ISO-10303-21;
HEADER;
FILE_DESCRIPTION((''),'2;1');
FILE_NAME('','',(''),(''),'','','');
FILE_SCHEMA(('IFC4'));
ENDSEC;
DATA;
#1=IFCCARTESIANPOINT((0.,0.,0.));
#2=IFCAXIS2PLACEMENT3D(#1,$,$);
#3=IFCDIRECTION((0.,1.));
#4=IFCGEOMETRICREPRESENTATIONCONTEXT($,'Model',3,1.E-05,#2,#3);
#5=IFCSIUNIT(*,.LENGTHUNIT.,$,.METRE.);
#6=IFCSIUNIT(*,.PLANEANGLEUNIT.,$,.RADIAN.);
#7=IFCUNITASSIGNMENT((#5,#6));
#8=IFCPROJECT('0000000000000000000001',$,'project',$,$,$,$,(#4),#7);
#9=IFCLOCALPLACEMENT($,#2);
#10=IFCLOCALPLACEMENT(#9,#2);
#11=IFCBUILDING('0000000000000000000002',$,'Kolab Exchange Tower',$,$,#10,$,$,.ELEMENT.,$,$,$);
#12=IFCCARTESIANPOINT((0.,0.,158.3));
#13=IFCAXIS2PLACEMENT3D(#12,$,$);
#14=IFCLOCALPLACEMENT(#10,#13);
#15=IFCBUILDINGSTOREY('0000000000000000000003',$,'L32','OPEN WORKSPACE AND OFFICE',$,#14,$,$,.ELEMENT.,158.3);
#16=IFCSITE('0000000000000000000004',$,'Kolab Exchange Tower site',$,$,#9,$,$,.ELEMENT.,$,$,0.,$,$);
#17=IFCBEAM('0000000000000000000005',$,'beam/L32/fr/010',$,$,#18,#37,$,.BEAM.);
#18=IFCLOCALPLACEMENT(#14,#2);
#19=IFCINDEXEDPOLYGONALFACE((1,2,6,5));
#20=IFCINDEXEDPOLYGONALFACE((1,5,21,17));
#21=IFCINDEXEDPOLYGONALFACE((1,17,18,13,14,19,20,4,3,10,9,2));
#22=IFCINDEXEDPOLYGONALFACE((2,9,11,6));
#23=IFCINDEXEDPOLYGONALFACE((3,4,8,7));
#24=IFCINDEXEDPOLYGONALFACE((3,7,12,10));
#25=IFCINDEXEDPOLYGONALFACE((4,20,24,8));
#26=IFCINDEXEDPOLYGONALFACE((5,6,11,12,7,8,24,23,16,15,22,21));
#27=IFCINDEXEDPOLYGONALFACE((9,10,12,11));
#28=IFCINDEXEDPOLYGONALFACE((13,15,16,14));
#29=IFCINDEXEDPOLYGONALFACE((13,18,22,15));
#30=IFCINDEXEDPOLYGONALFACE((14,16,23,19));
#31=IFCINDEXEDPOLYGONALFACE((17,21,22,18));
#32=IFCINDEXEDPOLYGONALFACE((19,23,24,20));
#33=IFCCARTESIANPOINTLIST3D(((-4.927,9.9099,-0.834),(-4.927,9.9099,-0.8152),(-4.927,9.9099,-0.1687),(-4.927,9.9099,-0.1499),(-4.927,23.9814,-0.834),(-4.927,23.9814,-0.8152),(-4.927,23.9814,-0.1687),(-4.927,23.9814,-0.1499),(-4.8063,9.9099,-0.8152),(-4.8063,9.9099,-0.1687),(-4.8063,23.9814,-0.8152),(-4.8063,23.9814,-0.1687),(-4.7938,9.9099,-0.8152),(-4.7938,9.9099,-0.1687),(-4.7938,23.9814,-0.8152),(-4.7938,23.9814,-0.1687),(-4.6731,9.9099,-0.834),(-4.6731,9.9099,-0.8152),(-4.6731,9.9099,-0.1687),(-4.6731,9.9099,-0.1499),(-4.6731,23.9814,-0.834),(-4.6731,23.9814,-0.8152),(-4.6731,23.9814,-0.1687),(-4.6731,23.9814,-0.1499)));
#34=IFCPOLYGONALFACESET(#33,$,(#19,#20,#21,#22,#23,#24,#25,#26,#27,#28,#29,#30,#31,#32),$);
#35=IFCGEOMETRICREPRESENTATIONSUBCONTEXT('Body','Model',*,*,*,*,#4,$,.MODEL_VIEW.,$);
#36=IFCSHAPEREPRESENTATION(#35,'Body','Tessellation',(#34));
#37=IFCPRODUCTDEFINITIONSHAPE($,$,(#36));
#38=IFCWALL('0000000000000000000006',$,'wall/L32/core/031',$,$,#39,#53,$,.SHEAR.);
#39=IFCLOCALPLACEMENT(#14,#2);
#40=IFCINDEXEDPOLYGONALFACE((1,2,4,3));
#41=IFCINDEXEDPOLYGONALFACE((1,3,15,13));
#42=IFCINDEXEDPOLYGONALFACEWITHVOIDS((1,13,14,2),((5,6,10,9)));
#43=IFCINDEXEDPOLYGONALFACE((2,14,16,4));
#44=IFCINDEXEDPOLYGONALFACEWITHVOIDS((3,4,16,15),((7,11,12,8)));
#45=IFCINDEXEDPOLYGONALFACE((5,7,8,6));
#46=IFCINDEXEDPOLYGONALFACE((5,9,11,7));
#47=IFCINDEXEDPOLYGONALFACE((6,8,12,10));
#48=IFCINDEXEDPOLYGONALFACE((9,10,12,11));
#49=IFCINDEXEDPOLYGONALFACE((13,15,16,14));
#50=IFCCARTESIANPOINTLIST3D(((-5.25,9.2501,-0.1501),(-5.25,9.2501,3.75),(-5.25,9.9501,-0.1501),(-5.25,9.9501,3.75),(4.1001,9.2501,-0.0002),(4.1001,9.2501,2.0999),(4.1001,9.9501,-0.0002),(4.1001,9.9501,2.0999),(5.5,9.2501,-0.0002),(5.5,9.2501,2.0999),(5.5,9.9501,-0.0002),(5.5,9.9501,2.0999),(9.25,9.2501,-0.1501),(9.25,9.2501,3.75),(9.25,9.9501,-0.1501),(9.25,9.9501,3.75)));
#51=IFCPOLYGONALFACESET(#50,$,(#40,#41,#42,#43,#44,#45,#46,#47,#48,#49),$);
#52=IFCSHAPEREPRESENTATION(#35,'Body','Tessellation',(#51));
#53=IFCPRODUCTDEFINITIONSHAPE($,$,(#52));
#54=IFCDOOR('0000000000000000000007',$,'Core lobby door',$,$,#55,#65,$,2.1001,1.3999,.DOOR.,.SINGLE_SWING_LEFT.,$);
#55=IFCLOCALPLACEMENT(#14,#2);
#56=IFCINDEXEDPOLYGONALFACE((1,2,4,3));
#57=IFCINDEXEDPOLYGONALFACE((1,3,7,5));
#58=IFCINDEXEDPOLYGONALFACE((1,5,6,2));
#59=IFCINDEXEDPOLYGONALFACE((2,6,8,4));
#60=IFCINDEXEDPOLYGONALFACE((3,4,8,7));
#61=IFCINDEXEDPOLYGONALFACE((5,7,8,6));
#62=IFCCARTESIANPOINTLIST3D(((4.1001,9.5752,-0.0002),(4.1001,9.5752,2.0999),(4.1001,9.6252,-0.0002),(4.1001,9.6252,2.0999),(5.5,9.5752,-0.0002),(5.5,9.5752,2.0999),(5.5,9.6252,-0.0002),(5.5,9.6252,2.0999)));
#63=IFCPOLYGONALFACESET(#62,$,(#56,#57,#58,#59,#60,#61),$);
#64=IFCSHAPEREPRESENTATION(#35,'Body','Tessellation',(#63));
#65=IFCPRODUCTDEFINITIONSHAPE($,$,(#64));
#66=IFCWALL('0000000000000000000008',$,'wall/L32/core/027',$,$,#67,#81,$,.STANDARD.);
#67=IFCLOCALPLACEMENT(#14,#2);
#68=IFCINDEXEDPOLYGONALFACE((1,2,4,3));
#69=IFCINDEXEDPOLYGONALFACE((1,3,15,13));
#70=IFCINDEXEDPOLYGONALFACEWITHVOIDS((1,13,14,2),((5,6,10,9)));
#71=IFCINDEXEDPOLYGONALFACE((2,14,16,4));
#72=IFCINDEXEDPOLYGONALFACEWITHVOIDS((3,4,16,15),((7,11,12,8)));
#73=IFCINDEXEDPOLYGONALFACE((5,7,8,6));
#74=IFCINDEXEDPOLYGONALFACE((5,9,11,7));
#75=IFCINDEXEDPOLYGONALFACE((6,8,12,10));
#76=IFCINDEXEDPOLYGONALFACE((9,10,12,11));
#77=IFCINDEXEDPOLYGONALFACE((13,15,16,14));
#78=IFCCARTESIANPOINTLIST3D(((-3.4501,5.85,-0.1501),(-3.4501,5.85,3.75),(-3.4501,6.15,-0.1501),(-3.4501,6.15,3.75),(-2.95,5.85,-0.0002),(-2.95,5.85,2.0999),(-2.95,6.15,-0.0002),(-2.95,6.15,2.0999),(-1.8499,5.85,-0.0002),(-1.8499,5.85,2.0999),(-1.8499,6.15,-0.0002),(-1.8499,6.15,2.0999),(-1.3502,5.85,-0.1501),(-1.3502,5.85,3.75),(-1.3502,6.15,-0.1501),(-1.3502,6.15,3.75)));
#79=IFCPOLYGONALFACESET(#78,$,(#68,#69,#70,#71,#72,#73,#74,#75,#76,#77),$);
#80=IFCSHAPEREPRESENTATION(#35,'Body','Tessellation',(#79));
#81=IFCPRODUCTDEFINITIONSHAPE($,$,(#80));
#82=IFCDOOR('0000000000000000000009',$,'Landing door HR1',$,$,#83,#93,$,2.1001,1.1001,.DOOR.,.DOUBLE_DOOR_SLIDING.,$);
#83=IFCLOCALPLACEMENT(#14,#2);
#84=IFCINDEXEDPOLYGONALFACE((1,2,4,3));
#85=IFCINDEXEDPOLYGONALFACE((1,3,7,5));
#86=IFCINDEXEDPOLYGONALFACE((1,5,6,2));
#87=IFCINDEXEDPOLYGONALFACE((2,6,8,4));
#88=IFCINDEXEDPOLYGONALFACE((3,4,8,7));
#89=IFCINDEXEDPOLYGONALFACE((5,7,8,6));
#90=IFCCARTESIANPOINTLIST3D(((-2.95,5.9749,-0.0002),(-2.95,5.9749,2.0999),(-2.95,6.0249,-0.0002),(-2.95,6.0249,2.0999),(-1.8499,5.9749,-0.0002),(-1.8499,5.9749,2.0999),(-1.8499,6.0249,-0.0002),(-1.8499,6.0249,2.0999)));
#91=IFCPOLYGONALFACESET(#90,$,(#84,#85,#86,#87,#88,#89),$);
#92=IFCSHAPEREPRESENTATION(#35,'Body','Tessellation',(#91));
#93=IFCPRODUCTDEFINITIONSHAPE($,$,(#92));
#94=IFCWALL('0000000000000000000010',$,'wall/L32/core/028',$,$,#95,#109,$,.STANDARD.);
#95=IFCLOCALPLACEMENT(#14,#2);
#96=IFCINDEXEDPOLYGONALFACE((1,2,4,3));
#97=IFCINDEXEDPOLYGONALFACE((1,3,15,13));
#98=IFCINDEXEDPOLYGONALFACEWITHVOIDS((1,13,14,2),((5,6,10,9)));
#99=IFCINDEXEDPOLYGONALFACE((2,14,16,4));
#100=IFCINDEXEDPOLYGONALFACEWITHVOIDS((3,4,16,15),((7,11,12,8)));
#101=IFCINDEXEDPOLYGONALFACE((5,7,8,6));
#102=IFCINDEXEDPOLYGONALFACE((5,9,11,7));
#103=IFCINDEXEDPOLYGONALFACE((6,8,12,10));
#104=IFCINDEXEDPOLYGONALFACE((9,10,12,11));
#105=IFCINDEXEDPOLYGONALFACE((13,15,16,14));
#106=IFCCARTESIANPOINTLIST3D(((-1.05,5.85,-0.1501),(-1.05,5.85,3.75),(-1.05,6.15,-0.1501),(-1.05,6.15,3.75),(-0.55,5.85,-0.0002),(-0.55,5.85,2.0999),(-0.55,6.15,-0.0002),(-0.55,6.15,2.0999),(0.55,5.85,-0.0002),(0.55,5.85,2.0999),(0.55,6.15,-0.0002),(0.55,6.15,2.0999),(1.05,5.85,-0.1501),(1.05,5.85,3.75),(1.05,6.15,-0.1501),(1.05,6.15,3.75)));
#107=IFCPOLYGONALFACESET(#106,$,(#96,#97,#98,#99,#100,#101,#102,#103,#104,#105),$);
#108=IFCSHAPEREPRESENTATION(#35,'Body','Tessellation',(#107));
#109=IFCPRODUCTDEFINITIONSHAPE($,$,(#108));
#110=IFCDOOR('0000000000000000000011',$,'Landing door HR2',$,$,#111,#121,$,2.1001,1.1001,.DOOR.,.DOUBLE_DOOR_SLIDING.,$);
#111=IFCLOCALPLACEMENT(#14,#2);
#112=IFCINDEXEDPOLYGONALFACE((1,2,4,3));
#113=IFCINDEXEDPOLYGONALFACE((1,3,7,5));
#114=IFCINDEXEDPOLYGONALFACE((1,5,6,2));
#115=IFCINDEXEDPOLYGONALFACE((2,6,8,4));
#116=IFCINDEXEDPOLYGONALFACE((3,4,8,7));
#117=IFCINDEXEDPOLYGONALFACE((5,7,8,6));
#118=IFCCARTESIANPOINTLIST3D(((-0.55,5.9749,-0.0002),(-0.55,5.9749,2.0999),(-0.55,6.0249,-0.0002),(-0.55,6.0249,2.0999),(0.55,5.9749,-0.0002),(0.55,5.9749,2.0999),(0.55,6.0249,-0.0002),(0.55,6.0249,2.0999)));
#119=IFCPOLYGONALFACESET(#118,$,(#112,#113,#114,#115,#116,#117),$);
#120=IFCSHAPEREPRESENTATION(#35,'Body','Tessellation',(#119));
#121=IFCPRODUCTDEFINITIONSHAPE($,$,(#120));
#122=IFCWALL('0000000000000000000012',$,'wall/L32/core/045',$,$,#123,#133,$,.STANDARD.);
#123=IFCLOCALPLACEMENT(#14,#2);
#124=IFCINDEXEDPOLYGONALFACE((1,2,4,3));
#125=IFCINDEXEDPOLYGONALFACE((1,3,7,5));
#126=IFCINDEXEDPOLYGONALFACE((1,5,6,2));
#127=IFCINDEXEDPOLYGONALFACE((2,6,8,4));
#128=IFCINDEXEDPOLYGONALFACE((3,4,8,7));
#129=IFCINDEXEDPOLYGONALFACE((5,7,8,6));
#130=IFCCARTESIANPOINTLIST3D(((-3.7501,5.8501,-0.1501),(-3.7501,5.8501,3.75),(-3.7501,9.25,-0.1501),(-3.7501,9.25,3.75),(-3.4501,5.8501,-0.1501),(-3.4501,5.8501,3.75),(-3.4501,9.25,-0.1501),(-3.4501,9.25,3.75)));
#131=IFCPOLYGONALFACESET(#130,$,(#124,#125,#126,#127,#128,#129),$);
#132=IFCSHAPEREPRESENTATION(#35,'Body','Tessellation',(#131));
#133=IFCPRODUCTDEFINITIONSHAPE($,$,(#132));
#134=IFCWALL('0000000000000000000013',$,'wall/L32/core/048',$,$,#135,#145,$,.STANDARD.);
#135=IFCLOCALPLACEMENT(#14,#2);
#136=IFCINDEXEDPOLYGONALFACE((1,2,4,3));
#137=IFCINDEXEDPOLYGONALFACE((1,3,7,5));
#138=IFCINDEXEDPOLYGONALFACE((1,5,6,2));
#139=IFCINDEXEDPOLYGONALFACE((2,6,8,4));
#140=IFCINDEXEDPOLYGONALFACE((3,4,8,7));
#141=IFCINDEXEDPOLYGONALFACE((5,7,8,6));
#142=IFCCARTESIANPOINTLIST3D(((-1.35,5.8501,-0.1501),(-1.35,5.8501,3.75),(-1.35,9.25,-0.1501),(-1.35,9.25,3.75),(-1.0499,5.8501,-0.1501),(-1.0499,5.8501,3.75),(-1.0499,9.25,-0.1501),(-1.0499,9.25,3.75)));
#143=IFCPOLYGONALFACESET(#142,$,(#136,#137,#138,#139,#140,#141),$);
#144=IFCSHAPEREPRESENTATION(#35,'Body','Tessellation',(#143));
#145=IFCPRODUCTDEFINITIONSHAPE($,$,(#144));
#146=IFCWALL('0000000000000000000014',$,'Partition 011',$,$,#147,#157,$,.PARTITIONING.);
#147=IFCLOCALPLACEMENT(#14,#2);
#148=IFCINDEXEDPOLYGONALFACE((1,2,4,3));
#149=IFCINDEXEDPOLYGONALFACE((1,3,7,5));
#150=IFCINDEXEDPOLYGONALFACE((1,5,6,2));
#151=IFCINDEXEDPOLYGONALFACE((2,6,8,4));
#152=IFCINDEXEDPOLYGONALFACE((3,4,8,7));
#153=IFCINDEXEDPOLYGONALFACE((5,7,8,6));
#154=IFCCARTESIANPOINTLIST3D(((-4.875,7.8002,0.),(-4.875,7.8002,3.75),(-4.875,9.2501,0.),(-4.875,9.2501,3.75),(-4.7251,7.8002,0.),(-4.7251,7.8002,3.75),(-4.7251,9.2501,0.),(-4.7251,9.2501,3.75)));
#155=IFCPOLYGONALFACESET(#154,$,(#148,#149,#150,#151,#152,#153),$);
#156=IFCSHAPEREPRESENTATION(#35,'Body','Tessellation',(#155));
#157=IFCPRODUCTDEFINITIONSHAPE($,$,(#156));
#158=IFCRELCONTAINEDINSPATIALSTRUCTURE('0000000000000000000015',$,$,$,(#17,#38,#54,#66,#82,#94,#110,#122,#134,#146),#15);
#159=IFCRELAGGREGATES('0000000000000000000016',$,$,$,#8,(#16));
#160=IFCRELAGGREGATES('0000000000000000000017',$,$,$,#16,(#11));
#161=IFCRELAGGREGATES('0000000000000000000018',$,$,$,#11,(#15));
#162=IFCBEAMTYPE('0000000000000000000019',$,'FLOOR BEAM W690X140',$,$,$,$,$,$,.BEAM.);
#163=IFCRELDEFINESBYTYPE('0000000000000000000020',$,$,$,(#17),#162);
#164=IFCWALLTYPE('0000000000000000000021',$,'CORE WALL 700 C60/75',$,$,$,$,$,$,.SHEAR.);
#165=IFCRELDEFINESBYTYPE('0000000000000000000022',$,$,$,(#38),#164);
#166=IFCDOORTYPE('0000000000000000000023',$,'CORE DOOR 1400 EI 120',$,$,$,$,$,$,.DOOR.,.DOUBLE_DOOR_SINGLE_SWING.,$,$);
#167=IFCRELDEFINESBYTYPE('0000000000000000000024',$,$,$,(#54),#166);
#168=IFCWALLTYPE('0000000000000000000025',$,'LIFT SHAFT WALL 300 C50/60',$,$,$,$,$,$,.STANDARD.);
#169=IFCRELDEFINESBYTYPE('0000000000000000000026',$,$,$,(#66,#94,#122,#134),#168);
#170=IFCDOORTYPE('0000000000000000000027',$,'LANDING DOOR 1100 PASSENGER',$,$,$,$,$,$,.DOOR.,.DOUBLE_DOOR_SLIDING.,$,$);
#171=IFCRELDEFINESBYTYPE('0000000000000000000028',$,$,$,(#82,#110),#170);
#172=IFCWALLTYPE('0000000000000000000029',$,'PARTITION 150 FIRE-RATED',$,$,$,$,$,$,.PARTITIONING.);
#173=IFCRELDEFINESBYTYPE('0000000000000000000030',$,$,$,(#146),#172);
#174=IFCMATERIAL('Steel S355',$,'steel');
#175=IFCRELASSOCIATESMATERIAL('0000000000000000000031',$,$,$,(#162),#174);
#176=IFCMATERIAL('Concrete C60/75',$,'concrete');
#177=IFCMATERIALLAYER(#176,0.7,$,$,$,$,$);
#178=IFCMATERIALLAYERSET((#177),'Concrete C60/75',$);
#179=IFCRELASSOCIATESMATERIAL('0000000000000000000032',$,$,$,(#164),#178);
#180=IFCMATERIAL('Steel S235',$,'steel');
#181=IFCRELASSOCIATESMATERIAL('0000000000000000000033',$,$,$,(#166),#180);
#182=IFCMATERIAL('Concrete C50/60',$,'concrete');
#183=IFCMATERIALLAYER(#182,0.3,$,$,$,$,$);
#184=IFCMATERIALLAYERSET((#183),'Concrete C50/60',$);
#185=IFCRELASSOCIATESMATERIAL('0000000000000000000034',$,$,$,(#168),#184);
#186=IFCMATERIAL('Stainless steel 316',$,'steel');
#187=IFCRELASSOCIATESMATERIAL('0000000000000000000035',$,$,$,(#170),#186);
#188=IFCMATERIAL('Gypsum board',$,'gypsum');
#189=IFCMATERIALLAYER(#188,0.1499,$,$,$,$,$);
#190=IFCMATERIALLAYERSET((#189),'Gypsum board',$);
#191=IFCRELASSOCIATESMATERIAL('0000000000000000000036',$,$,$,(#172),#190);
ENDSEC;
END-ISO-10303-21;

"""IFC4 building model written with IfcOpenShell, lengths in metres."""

from ifc_helpers import new_model, si_unit, direction, frame, frame_2d, origin, origin_2d, place, context, subcontext, project, spatial, rectangle, i_section, extrude, material, layer, layer_set, material_profile, profile_set, type_object, element, fill, save


model = new_model("IFC4")

# Units and contexts
model_context = context("Model", 3, precision=1e-05, world=origin(), true_north=direction((0.0, 1.0)))
body_context = subcontext(model_context, "Body", "Model", "MODEL_VIEW")
ifc_project = project(units=[si_unit("LENGTHUNIT", "METRE"), si_unit("PLANEANGLEUNIT", "RADIAN")], contexts=[model_context])

# Site, building, storey
site_placement = place(None, origin())
site = spatial("IfcSite", under=ifc_project, at=site_placement, Name="Kolab Exchange Tower site", CompositionType="ELEMENT", RefElevation=0.0)
building_placement = place(site_placement, origin())
building = spatial("IfcBuilding", under=site, at=building_placement, Name="Kolab Exchange Tower", CompositionType="ELEMENT")
storey_placement = place(building_placement, frame((0.0, 0.0, 158.3)))
storey = spatial("IfcBuildingStorey", under=building, at=storey_placement, Name="L32", Description="OPEN WORKSPACE AND OFFICE", CompositionType="ELEMENT", Elevation=158.3)

# Beam
ifc_material_1 = material(Name="Steel S355", Category="steel")
ifc_material_profile = material_profile(ifc_material_1, i_section(OverallWidth=0.2539, OverallDepth=0.6841, WebThickness=0.0125, FlangeThickness=0.0188, at=origin_2d()), Name="W690X140")
ifc_profile_set = profile_set([ifc_material_profile], Name="Steel S355")
beam_type = type_object("IfcBeamType", Name="FLOOR BEAM W690X140", PredefinedType="BEAM", material=ifc_profile_set)
beam_placement = place(storey_placement, frame((-4.8, 9.9099, -0.4919), z_axis=(0.0, 1.0, 0.0), x_axis=(-1.0, 0.0, 0.0)))
element("IfcBeam", 1, at=beam_placement, inside=storey, type_object=beam_type, Name="beam/L32/fr/010", PredefinedType="BEAM", context=body_context, shape_type="SweptSolid", body=[
    extrude(i_section(OverallWidth=0.2539, OverallDepth=0.6841, WebThickness=0.0125, FlangeThickness=0.0188, at=origin_2d()), origin(), (0.0, 0.0, 1.0), 14.0715),
])

# Walls, openings, doors
ifc_material_2 = material(Name="Concrete C60/75", Category="concrete")
ifc_layer_1 = layer(ifc_material_2, 0.7)
ifc_layer_set_1 = layer_set([ifc_layer_1], Name="Concrete C60/75")
wall_type_1 = type_object("IfcWallType", Name="CORE WALL 700 C60/75", PredefinedType="SHEAR", material=ifc_layer_set_1)
wall_1_placement = place(storey_placement, frame((-5.25, 9.6001, -0.1501), z_axis=(0.0, 0.0, 1.0), x_axis=(1.0, 0.0, 0.0)))
wall_1 = element("IfcWall", 2, at=wall_1_placement, inside=storey, type_object=wall_type_1, Name="wall/L32/core/031", PredefinedType="SHEAR", context=body_context, shape_type="SweptSolid", body=[
    extrude(rectangle(XDim=14.5, YDim=0.7, at=frame_2d((7.25, 0.0))), origin(), (0.0, 0.0, 1.0), 3.9001),
])
opening_1_placement = place(wall_1_placement, frame((9.3501, 0.0, 0.1499)))
opening_1 = element("IfcOpeningElement", 3, at=opening_1_placement, cuts=wall_1, PredefinedType="OPENING", context=body_context, shape_type="SweptSolid", body=[
    extrude(rectangle(XDim=1.3999, YDim=2.1001, at=frame_2d((0.7, 1.05))), frame((0.0, 0.3599, 0.0), z_axis=(0.0, -1.0, 0.0), x_axis=(1.0, 0.0, 0.0)), (0.0, 0.0, 1.0), 0.72),
])
ifc_material_3 = material(Name="Steel S235", Category="steel")
door_type_1 = type_object("IfcDoorType", Name="CORE DOOR 1400 EI 120", OperationType="DOUBLE_DOOR_SINGLE_SWING", PredefinedType="DOOR", material=ifc_material_3)
door_1_placement = place(opening_1_placement, frame((1.3999, 0.0, 0.0), z_axis=(0.0, 0.0, 1.0), x_axis=(-1.0, 0.0, 0.0)))
door_1 = element("IfcDoor", 4, at=door_1_placement, inside=storey, type_object=door_type_1, Name="Core lobby door", OperationType="SINGLE_SWING_LEFT", OverallHeight=2.1001, OverallWidth=1.3999, PredefinedType="DOOR", context=body_context, shape_type="SweptSolid", body=[
    extrude(rectangle(XDim=1.3999, YDim=2.1001, at=frame_2d((0.7, 1.05))), frame((0.0, 0.0249, 0.0), z_axis=(0.0, -1.0, 0.0), x_axis=(1.0, 0.0, 0.0)), (0.0, 0.0, 1.0), 0.05),
])
fill(opening_1, door_1)
ifc_material_4 = material(Name="Concrete C50/60", Category="concrete")
ifc_layer_2 = layer(ifc_material_4, 0.3)
ifc_layer_set_2 = layer_set([ifc_layer_2], Name="Concrete C50/60")
wall_type_2 = type_object("IfcWallType", Name="LIFT SHAFT WALL 300 C50/60", PredefinedType="STANDARD", material=ifc_layer_set_2)
wall_2_placement = place(storey_placement, frame((-3.45, 6.0, -0.1501), z_axis=(0.0, 0.0, 1.0), x_axis=(1.0, 0.0, 0.0)))
wall_2 = element("IfcWall", 5, at=wall_2_placement, inside=storey, type_object=wall_type_2, Name="wall/L32/core/027", PredefinedType="STANDARD", context=body_context, shape_type="SweptSolid", body=[
    extrude(rectangle(XDim=2.0999, YDim=0.3, at=frame_2d((1.0498, 0.0))), origin(), (0.0, 0.0, 1.0), 3.9001),
])
opening_2_placement = place(wall_2_placement, frame((0.5, 0.0, 0.1499)))
opening_2 = element("IfcOpeningElement", 6, at=opening_2_placement, cuts=wall_2, PredefinedType="OPENING", context=body_context, shape_type="SweptSolid", body=[
    extrude(rectangle(XDim=1.1001, YDim=2.1001, at=frame_2d((0.55, 1.05))), frame((0.0, 0.1602, 0.0), z_axis=(0.0, -1.0, 0.0), x_axis=(1.0, 0.0, 0.0)), (0.0, 0.0, 1.0), 0.3201),
])
ifc_material_5 = material(Name="Stainless steel 316", Category="steel")
door_type_2 = type_object("IfcDoorType", Name="LANDING DOOR 1100 PASSENGER", OperationType="DOUBLE_DOOR_SLIDING", PredefinedType="DOOR", material=ifc_material_5)
door_2_placement = place(opening_2_placement, origin())
door_2 = element("IfcDoor", 7, at=door_2_placement, inside=storey, type_object=door_type_2, Name="Landing door HR1", OperationType="DOUBLE_DOOR_SLIDING", OverallHeight=2.1001, OverallWidth=1.1001, PredefinedType="DOOR", context=body_context, shape_type="SweptSolid", body=[
    extrude(rectangle(XDim=1.1001, YDim=2.1001, at=frame_2d((0.55, 1.05))), frame((0.0, 0.0249, 0.0), z_axis=(0.0, -1.0, 0.0), x_axis=(1.0, 0.0, 0.0)), (0.0, 0.0, 1.0), 0.05),
])
fill(opening_2, door_2)
wall_3_placement = place(storey_placement, frame((-1.05, 6.0, -0.1501), z_axis=(0.0, 0.0, 1.0), x_axis=(1.0, 0.0, 0.0)))
wall_3 = element("IfcWall", 8, at=wall_3_placement, inside=storey, type_object=wall_type_2, Name="wall/L32/core/028", PredefinedType="STANDARD", context=body_context, shape_type="SweptSolid", body=[
    extrude(rectangle(XDim=2.1001, YDim=0.3, at=frame_2d((1.05, 0.0))), origin(), (0.0, 0.0, 1.0), 3.9001),
])
opening_3_placement = place(wall_3_placement, frame((0.5, 0.0, 0.1499)))
opening_3 = element("IfcOpeningElement", 9, at=opening_3_placement, cuts=wall_3, PredefinedType="OPENING", context=body_context, shape_type="SweptSolid", body=[
    extrude(rectangle(XDim=1.1001, YDim=2.1001, at=frame_2d((0.55, 1.05))), frame((0.0, 0.1602, 0.0), z_axis=(0.0, -1.0, 0.0), x_axis=(1.0, 0.0, 0.0)), (0.0, 0.0, 1.0), 0.3201),
])
door_3_placement = place(opening_3_placement, origin())
door_3 = element("IfcDoor", 10, at=door_3_placement, inside=storey, type_object=door_type_2, Name="Landing door HR2", OperationType="DOUBLE_DOOR_SLIDING", OverallHeight=2.1001, OverallWidth=1.1001, PredefinedType="DOOR", context=body_context, shape_type="SweptSolid", body=[
    extrude(rectangle(XDim=1.1001, YDim=2.1001, at=frame_2d((0.55, 1.05))), frame((0.0, 0.0249, 0.0), z_axis=(0.0, -1.0, 0.0), x_axis=(1.0, 0.0, 0.0)), (0.0, 0.0, 1.0), 0.05),
])
fill(opening_3, door_3)

# Walls
for number, where, z_axis, x_axis, name in (
    (11, (-3.6001, 5.8501, -0.1501), (0.0, 0.0, 1.0), (0.0, 1.0, 0.0), "wall/L32/core/045"),
    (12, (-1.2, 5.8501, -0.1501), (0.0, 0.0, 1.0), (0.0, 1.0, 0.0), "wall/L32/core/048"),
):
    element("IfcWall", number, at=place(storey_placement, frame(where, z_axis=z_axis, x_axis=x_axis)), inside=storey, type_object=wall_type_2, Name=name, PredefinedType="STANDARD", context=body_context, shape_type="SweptSolid", body=[
        extrude(rectangle(XDim=3.3999, YDim=0.3, at=frame_2d((1.7, 0.0))), origin(), (0.0, 0.0, 1.0), 3.9001),
    ])
ifc_material_6 = material(Name="Gypsum board", Category="gypsum")
ifc_layer_3 = layer(ifc_material_6, 0.1499)
ifc_layer_set_3 = layer_set([ifc_layer_3], Name="Gypsum board")
wall_type_3 = type_object("IfcWallType", Name="PARTITION 150 FIRE-RATED", PredefinedType="PARTITIONING", material=ifc_layer_set_3)
wall_4_placement = place(storey_placement, frame((-4.8, 7.8, 0.0), z_axis=(0.0, 0.0, 1.0), x_axis=(0.0, 1.0, 0.0)))
element("IfcWall", 13, at=wall_4_placement, inside=storey, type_object=wall_type_3, Name="Partition 011", PredefinedType="PARTITIONING", context=body_context, shape_type="SweptSolid", body=[
    extrude(rectangle(XDim=1.45, YDim=0.1499, at=frame_2d((0.7251, 0.0))), origin(), (0.0, 0.0, 1.0), 3.75),
])

save(model, "model.ifc")
